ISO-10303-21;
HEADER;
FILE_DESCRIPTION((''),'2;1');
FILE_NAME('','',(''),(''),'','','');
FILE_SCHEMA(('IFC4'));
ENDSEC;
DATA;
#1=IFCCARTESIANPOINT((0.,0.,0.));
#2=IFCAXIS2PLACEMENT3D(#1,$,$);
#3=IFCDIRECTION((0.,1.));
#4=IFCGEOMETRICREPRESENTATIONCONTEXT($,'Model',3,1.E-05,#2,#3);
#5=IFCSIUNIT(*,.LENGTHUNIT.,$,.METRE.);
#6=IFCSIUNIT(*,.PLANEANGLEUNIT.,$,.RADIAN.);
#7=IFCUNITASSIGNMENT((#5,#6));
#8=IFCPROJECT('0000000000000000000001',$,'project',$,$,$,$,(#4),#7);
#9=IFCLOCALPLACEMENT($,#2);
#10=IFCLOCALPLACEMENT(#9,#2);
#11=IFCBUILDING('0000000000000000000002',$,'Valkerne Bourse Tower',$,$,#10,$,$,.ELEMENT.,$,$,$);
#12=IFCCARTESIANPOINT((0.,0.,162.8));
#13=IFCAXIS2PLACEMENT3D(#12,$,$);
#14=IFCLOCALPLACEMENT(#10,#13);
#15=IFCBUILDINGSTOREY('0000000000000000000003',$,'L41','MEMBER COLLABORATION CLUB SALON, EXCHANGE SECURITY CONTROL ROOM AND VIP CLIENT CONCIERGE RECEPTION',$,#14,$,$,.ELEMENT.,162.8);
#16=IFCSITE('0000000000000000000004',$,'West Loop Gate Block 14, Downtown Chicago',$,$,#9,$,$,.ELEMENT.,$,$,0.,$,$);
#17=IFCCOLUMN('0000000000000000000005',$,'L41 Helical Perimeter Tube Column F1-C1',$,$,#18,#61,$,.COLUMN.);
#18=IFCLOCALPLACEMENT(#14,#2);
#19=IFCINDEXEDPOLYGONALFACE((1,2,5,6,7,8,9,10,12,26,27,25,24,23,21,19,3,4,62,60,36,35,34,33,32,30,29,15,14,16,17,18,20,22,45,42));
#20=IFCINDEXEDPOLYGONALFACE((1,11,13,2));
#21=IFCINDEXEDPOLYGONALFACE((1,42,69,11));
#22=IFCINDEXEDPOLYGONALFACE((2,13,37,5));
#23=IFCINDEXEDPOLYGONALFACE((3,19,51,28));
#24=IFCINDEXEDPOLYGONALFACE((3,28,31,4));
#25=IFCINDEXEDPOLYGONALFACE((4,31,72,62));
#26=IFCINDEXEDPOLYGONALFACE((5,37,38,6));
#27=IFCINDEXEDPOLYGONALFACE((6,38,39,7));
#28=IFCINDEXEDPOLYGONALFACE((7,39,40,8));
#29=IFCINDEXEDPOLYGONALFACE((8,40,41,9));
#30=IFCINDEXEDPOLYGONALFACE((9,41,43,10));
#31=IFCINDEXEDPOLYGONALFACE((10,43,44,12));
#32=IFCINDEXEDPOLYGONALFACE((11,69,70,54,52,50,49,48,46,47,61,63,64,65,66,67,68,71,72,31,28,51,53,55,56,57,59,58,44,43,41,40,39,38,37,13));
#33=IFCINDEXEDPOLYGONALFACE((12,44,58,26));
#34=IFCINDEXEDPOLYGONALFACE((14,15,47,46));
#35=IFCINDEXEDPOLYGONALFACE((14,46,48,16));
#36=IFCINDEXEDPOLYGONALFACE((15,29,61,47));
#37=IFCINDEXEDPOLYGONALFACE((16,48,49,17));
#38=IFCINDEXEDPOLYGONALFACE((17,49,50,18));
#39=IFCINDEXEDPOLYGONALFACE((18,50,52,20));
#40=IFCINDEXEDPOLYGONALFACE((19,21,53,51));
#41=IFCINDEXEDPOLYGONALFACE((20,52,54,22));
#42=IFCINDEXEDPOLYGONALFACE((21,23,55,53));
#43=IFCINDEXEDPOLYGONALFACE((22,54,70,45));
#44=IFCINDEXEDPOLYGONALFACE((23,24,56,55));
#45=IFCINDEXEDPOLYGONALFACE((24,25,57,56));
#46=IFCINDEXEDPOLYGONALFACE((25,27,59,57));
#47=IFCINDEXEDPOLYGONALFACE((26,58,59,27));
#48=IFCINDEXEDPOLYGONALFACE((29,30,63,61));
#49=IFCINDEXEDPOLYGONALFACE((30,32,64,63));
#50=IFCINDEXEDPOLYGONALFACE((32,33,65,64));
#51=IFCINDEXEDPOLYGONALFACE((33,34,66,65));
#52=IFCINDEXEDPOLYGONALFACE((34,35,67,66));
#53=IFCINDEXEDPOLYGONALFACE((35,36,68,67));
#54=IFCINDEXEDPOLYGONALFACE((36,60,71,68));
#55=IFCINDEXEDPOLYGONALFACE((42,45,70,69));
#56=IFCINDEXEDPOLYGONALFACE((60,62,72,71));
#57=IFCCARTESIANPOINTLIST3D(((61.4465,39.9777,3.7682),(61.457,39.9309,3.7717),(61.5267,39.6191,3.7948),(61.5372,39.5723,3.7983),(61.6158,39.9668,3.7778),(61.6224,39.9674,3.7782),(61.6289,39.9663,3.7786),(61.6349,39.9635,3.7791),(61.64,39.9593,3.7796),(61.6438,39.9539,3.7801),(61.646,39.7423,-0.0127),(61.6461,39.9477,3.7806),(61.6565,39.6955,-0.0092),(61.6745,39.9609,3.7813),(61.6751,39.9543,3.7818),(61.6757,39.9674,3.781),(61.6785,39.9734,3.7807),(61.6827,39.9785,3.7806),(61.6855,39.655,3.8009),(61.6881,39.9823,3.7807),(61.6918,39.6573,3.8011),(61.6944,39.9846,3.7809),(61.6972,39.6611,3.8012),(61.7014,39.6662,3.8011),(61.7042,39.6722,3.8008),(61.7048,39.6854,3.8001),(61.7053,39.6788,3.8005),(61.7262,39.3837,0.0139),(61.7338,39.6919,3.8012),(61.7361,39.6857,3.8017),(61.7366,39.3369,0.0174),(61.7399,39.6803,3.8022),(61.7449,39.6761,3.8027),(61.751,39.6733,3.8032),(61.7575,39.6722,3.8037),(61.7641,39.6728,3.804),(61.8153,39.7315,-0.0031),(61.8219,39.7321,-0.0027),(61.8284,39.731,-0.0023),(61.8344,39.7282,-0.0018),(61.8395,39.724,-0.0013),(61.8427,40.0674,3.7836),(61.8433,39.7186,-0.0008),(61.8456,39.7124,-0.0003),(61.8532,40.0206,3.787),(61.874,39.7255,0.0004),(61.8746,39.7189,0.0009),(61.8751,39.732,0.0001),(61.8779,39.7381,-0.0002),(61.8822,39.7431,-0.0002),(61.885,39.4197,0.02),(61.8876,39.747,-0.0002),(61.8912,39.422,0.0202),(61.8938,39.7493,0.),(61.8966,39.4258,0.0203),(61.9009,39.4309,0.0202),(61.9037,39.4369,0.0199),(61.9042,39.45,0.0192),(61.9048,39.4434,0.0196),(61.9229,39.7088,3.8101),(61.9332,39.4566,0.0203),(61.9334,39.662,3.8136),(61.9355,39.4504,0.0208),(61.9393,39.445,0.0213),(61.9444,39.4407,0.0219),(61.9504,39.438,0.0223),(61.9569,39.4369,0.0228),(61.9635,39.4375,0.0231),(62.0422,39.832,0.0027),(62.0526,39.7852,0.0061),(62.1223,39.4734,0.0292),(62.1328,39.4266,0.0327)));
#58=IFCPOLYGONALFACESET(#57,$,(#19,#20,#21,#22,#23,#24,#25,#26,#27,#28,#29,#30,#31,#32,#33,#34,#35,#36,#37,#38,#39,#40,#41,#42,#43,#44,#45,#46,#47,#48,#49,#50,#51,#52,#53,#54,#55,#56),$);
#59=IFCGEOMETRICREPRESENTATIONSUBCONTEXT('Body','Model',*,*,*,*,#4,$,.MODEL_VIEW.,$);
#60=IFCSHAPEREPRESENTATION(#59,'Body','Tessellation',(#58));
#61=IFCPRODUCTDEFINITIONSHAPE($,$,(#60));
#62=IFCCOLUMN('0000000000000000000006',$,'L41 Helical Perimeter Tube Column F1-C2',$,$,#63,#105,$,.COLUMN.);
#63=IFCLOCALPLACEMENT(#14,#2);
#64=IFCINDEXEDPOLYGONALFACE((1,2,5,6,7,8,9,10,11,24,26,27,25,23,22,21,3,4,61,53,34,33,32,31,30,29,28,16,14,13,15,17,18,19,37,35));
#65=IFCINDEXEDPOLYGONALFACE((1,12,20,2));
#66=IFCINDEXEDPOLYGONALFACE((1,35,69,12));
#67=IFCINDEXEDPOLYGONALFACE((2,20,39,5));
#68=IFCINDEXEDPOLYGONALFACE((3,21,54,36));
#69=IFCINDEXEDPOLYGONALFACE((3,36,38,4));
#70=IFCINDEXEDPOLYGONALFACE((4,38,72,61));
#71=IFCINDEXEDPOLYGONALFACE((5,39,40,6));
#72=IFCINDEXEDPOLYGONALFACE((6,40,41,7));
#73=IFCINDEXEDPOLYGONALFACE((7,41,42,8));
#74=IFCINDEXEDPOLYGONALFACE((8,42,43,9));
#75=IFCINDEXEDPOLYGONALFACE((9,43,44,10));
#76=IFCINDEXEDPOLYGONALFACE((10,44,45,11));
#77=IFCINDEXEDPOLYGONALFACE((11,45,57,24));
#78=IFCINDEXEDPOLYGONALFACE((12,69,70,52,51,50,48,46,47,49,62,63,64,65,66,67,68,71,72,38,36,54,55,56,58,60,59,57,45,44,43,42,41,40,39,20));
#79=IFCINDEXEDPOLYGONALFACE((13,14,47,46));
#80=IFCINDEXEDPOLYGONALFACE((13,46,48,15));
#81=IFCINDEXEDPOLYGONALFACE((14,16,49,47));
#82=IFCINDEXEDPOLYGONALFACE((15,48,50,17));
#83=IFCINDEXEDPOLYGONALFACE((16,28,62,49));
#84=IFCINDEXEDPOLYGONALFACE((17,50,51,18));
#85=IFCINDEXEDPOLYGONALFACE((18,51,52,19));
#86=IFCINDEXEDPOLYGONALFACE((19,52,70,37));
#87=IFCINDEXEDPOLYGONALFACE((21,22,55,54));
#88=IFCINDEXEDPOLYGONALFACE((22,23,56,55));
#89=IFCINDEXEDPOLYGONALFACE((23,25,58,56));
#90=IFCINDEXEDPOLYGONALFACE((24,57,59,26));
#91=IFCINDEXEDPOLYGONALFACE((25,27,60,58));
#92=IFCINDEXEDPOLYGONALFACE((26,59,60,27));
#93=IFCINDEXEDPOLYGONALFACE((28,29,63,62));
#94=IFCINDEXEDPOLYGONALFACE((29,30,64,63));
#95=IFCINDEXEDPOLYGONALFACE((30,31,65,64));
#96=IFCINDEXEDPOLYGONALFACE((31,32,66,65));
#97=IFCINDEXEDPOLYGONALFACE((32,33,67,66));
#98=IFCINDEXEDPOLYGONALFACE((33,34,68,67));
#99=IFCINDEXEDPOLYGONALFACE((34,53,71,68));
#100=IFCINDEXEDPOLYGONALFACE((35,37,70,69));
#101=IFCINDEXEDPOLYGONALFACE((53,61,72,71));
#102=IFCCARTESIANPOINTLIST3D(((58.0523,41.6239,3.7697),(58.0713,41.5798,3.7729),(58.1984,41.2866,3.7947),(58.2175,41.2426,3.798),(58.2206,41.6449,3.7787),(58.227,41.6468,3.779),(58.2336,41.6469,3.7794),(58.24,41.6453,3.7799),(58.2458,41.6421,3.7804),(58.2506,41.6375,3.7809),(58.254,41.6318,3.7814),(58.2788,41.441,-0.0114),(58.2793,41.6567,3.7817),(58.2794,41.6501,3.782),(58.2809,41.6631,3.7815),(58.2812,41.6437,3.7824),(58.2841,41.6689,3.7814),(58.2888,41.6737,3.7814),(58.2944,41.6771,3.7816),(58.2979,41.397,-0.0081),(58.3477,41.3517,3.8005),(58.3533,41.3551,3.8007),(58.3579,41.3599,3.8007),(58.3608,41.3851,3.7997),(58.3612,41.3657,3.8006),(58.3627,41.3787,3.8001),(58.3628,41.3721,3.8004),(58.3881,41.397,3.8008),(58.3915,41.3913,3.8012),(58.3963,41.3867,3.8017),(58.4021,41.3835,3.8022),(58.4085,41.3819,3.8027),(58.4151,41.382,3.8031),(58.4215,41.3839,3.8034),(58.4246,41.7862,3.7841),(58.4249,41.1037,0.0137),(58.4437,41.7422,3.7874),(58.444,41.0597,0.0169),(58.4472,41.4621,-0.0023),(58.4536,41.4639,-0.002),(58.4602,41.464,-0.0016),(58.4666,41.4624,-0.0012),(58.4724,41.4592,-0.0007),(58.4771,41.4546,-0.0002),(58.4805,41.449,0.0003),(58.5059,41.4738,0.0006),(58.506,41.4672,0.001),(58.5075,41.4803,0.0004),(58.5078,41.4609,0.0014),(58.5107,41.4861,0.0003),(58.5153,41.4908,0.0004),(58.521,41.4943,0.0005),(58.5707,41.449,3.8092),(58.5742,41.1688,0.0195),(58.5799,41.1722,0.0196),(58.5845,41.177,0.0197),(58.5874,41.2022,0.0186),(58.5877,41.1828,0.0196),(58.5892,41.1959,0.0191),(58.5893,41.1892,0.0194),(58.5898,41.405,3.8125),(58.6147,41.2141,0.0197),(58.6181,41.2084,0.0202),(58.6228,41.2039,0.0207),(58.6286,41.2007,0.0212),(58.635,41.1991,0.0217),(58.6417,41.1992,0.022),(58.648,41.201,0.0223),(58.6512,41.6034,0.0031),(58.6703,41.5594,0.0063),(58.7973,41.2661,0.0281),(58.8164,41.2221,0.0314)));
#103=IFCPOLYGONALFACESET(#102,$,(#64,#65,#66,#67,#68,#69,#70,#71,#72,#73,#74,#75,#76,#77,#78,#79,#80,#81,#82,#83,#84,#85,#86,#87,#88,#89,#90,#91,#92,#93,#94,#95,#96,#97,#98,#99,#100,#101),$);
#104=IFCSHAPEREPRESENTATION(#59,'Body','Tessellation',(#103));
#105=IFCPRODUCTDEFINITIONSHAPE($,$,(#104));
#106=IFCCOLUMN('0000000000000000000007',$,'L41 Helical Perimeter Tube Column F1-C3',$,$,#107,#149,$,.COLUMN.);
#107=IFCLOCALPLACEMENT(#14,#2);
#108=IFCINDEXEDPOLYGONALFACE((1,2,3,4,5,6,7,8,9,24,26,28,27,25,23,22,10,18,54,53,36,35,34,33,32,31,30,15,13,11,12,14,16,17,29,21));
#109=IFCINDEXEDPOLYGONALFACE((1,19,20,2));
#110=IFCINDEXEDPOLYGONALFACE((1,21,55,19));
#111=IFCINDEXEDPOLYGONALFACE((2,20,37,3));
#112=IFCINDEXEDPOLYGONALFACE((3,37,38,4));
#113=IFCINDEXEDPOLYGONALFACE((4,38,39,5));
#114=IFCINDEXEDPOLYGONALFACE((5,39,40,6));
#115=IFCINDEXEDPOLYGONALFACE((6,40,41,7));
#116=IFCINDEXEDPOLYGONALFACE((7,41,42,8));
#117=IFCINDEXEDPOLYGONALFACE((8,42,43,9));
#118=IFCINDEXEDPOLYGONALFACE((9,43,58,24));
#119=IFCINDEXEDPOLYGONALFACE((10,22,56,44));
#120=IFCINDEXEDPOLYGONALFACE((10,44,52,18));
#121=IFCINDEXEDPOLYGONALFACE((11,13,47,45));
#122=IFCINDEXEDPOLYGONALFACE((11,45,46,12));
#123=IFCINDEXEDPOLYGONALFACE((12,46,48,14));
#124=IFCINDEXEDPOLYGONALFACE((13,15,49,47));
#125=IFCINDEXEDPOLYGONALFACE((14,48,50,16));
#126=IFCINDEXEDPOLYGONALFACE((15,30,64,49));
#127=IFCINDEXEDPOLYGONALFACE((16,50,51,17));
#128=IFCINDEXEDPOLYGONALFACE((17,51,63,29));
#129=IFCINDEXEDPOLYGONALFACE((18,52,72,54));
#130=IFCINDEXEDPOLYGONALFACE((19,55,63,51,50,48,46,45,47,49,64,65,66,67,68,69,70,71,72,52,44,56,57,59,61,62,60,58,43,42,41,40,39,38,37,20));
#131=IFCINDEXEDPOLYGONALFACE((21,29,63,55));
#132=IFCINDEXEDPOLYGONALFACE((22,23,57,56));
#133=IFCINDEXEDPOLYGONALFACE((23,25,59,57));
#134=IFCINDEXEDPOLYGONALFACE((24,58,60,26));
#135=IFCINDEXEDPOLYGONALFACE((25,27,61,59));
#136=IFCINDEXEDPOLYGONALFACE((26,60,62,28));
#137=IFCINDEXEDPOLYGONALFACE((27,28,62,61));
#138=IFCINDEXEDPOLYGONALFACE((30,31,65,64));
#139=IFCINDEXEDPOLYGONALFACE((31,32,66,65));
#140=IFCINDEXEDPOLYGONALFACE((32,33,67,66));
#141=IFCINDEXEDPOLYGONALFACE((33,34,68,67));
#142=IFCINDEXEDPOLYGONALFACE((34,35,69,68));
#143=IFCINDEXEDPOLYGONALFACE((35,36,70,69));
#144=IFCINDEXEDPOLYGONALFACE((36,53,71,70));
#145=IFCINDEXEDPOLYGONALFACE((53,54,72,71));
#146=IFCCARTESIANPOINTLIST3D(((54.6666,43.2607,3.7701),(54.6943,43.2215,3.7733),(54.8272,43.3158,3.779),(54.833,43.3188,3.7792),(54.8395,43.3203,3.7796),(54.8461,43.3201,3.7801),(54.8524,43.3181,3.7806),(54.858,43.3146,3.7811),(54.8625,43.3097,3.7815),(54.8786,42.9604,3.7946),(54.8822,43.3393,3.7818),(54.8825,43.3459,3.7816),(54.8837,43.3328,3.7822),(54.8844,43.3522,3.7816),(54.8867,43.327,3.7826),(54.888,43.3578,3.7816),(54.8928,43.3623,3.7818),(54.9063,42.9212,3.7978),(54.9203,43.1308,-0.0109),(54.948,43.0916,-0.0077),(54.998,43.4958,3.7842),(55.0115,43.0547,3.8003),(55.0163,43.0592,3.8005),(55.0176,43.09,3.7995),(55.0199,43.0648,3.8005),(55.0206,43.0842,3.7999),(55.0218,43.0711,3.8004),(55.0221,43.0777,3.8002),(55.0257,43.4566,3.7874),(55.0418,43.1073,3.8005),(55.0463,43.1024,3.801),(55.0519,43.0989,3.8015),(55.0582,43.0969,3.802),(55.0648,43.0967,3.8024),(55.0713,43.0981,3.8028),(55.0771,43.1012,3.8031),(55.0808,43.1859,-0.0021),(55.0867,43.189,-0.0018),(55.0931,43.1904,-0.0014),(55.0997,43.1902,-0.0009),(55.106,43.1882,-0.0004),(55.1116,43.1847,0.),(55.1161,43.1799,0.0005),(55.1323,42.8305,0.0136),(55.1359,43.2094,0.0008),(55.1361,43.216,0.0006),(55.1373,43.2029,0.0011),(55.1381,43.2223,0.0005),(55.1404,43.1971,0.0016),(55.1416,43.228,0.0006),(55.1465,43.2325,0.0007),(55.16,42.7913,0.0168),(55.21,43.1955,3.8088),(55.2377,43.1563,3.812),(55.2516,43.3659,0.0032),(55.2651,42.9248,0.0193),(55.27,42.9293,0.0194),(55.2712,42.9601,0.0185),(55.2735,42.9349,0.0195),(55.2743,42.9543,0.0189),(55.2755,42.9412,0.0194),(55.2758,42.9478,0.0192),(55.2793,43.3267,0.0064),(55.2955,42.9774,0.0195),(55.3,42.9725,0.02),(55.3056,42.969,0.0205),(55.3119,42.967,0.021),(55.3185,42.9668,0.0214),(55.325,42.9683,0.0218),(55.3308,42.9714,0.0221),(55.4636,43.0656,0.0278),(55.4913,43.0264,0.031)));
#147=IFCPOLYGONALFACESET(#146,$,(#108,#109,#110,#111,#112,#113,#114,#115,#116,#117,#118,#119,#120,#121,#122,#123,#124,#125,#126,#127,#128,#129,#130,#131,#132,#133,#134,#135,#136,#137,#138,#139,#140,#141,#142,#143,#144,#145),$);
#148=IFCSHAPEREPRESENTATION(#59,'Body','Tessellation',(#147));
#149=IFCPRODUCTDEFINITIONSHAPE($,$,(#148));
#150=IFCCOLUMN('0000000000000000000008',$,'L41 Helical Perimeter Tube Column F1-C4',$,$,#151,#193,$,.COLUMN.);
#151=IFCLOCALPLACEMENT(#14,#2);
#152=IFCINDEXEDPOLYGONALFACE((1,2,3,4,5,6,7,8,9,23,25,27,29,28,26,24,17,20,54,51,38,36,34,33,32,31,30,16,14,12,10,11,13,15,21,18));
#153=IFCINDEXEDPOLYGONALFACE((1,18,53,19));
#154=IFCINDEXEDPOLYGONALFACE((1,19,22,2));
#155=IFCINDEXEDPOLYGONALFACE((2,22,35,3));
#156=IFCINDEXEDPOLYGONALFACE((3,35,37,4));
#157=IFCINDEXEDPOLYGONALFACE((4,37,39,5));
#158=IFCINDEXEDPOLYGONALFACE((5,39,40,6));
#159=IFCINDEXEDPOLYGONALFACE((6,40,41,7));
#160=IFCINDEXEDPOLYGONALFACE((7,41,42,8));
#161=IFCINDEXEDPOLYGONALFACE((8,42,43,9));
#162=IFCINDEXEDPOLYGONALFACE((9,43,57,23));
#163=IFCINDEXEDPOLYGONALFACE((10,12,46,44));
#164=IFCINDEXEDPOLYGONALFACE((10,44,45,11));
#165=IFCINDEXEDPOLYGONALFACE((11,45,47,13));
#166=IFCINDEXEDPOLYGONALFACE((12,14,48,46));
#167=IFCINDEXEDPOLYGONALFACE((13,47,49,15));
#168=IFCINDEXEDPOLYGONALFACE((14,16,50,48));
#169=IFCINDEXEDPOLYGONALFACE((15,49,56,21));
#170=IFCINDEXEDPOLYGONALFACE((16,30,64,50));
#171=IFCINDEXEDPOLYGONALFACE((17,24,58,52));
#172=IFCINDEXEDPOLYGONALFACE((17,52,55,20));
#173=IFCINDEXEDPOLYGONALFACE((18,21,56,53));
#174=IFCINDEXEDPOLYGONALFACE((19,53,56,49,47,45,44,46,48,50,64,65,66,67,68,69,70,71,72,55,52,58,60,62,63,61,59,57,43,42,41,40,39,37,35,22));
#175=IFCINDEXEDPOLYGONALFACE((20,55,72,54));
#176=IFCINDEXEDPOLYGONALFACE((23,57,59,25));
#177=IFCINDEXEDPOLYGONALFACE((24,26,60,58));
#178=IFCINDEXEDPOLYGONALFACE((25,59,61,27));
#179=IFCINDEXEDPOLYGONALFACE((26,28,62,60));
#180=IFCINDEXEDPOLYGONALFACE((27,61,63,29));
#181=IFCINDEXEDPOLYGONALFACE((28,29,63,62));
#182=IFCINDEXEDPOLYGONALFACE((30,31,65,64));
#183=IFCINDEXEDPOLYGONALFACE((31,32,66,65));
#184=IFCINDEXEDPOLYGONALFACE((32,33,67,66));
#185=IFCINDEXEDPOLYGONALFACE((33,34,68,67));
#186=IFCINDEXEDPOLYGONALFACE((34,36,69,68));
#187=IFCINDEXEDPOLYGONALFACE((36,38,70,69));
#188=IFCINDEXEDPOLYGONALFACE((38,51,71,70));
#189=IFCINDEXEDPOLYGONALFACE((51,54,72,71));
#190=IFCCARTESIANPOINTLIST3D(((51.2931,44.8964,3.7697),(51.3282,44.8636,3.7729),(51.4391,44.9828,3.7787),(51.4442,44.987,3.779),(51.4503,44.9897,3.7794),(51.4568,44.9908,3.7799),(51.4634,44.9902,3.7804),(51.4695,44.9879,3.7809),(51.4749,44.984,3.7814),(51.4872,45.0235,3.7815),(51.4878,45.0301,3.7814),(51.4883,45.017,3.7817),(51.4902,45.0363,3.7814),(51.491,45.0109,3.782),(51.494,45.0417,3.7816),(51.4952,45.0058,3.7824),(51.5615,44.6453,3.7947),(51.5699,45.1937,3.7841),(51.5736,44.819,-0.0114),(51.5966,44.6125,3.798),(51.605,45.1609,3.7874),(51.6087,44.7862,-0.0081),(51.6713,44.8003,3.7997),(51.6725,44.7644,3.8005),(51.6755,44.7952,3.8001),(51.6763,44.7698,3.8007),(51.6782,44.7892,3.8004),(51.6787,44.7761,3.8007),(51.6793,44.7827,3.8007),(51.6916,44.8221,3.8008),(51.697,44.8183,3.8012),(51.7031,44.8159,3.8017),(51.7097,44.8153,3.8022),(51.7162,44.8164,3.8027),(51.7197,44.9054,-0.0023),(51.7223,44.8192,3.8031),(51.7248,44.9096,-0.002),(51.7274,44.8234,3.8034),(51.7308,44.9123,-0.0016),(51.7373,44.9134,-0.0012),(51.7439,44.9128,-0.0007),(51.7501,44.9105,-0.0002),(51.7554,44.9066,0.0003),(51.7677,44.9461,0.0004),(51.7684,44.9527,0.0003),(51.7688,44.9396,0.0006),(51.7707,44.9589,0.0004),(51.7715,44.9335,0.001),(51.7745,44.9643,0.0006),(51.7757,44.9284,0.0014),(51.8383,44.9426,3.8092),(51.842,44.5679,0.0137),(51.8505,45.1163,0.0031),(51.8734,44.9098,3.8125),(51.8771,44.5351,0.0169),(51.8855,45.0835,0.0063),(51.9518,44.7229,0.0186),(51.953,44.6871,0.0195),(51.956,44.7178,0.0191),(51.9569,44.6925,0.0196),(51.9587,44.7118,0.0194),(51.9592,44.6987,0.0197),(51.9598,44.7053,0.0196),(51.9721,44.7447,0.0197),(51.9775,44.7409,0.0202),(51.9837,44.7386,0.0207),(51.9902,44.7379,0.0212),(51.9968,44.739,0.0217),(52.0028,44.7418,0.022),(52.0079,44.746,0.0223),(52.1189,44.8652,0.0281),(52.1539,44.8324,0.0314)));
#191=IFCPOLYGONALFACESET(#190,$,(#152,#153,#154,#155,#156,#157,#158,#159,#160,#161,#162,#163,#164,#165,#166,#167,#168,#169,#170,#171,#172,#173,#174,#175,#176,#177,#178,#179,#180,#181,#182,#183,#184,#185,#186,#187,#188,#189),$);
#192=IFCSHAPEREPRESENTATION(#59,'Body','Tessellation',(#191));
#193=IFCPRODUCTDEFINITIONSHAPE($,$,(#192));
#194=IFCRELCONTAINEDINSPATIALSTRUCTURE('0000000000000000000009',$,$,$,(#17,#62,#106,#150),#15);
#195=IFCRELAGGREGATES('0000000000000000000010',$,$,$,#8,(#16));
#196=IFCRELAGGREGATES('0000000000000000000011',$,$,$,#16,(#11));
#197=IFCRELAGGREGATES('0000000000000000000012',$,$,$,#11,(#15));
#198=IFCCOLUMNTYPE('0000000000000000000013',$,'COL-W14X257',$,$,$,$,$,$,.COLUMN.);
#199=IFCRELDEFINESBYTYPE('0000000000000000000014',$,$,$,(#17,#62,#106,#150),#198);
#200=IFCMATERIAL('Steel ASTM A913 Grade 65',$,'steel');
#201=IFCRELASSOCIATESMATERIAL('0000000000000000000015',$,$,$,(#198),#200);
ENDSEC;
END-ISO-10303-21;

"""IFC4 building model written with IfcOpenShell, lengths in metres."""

from ifc_helpers import new_model, si_unit, direction, frame, origin, origin_2d, place, context, subcontext, project, spatial, i_section, extrude, material, material_profile, profile_set, type_object, element, save


model = new_model("IFC4")

# Units and contexts
model_context = context("Model", 3, precision=1e-05, world=origin(), true_north=direction((0.0, 1.0)))
body_context = subcontext(model_context, "Body", "Model", "MODEL_VIEW")
ifc_project = project(units=[si_unit("LENGTHUNIT", "METRE"), si_unit("PLANEANGLEUNIT", "RADIAN")], contexts=[model_context])

# Site, building, storey
site_placement = place(None, origin())
site = spatial("IfcSite", under=ifc_project, at=site_placement, Name="West Loop Gate Block 14, Downtown Chicago", CompositionType="ELEMENT", RefElevation=0.0)
building_placement = place(site_placement, origin())
building = spatial("IfcBuilding", under=site, at=building_placement, Name="Valkerne Bourse Tower", CompositionType="ELEMENT")
storey_placement = place(building_placement, frame((0.0, 0.0, 162.8)))
storey = spatial("IfcBuildingStorey", under=building, at=storey_placement, Name="L41", Description="MEMBER COLLABORATION CLUB SALON, EXCHANGE SECURITY CONTROL ROOM AND VIP CLIENT CONCIERGE RECEPTION", CompositionType="ELEMENT", Elevation=162.8)

# Columns
ifc_material_1 = material(Name="Steel ASTM A913 Grade 65", Category="steel")
ifc_material_profile_1 = material_profile(ifc_material_1, i_section(OverallWidth=0.4065, OverallDepth=0.4165, WebThickness=0.0298, FlangeThickness=0.0481, FilletRadius=0.0254, at=origin_2d()), Name="W14X257")
ifc_profile_set_1 = profile_set([ifc_material_profile_1], Name="Steel ASTM A913 Grade 65")
column_type = type_object("IfcColumnType", Name="COL-W14X257", PredefinedType="COLUMN", material=ifc_profile_set_1)
column_1_placement = place(storey_placement, frame((61.8894, 39.5845, 0.01), z_axis=(-0.052579, 0.06204, 0.996688), x_axis=(0.974613, 0.220704, 0.037677)))
element("IfcColumn", 1, at=column_1_placement, inside=storey, type_object=column_type, Name="L41 Helical Perimeter Tube Column F1-C1", PredefinedType="COLUMN", context=body_context, shape_type="SweptSolid", body=[
    extrude(i_section(OverallWidth=0.4065, OverallDepth=0.4165, WebThickness=0.0298, FlangeThickness=0.0481, FilletRadius=0.0254, at=origin_2d()), origin(), (0.0, 0.0, 1.0), 3.7935),
])
column_2_placement = place(storey_placement, frame((58.5476, 41.3315, 0.01), z_axis=(-0.059744, 0.04822, 0.997048), x_axis=(0.916048, 0.399489, 0.03557)))
element("IfcColumn", 2, at=column_2_placement, inside=storey, type_object=column_type, Name="L41 Helical Perimeter Tube Column F1-C2", PredefinedType="COLUMN", context=body_context, shape_type="SweptSolid", body=[
    extrude(i_section(OverallWidth=0.4065, OverallDepth=0.4165, WebThickness=0.0298, FlangeThickness=0.0481, FilletRadius=0.0254, at=origin_2d()), origin(), (0.0, 0.0, 1.0), 3.7922),
])
column_3_placement = place(storey_placement, frame((55.2058, 43.0786, 0.01), z_axis=(-0.066899, 0.034254, 0.997172), x_axis=(0.815111, 0.578258, 0.034821)))
element("IfcColumn", 3, at=column_3_placement, inside=storey, type_object=column_type, Name="L41 Helical Perimeter Tube Column F1-C3", PredefinedType="COLUMN", context=body_context, shape_type="SweptSolid", body=[
    extrude(i_section(OverallWidth=0.4065, OverallDepth=0.4165, WebThickness=0.0298, FlangeThickness=0.0481, FilletRadius=0.0254, at=origin_2d()), origin(), (0.0, 0.0, 1.0), 3.7917),
])
column_4_placement = place(storey_placement, frame((51.8638, 44.8257, 0.01), z_axis=(-0.073972, 0.020408, 0.997051), x_axis=(0.680985, 0.731434, 0.035552)))
element("IfcColumn", 4, at=column_4_placement, inside=storey, type_object=column_type, Name="L41 Helical Perimeter Tube Column F1-C4", PredefinedType="COLUMN", context=body_context, shape_type="SweptSolid", body=[
    extrude(i_section(OverallWidth=0.4065, OverallDepth=0.4165, WebThickness=0.0298, FlangeThickness=0.0481, FilletRadius=0.0254, at=origin_2d()), origin(), (0.0, 0.0, 1.0), 3.7922),
])

save(model, "model.ifc")
